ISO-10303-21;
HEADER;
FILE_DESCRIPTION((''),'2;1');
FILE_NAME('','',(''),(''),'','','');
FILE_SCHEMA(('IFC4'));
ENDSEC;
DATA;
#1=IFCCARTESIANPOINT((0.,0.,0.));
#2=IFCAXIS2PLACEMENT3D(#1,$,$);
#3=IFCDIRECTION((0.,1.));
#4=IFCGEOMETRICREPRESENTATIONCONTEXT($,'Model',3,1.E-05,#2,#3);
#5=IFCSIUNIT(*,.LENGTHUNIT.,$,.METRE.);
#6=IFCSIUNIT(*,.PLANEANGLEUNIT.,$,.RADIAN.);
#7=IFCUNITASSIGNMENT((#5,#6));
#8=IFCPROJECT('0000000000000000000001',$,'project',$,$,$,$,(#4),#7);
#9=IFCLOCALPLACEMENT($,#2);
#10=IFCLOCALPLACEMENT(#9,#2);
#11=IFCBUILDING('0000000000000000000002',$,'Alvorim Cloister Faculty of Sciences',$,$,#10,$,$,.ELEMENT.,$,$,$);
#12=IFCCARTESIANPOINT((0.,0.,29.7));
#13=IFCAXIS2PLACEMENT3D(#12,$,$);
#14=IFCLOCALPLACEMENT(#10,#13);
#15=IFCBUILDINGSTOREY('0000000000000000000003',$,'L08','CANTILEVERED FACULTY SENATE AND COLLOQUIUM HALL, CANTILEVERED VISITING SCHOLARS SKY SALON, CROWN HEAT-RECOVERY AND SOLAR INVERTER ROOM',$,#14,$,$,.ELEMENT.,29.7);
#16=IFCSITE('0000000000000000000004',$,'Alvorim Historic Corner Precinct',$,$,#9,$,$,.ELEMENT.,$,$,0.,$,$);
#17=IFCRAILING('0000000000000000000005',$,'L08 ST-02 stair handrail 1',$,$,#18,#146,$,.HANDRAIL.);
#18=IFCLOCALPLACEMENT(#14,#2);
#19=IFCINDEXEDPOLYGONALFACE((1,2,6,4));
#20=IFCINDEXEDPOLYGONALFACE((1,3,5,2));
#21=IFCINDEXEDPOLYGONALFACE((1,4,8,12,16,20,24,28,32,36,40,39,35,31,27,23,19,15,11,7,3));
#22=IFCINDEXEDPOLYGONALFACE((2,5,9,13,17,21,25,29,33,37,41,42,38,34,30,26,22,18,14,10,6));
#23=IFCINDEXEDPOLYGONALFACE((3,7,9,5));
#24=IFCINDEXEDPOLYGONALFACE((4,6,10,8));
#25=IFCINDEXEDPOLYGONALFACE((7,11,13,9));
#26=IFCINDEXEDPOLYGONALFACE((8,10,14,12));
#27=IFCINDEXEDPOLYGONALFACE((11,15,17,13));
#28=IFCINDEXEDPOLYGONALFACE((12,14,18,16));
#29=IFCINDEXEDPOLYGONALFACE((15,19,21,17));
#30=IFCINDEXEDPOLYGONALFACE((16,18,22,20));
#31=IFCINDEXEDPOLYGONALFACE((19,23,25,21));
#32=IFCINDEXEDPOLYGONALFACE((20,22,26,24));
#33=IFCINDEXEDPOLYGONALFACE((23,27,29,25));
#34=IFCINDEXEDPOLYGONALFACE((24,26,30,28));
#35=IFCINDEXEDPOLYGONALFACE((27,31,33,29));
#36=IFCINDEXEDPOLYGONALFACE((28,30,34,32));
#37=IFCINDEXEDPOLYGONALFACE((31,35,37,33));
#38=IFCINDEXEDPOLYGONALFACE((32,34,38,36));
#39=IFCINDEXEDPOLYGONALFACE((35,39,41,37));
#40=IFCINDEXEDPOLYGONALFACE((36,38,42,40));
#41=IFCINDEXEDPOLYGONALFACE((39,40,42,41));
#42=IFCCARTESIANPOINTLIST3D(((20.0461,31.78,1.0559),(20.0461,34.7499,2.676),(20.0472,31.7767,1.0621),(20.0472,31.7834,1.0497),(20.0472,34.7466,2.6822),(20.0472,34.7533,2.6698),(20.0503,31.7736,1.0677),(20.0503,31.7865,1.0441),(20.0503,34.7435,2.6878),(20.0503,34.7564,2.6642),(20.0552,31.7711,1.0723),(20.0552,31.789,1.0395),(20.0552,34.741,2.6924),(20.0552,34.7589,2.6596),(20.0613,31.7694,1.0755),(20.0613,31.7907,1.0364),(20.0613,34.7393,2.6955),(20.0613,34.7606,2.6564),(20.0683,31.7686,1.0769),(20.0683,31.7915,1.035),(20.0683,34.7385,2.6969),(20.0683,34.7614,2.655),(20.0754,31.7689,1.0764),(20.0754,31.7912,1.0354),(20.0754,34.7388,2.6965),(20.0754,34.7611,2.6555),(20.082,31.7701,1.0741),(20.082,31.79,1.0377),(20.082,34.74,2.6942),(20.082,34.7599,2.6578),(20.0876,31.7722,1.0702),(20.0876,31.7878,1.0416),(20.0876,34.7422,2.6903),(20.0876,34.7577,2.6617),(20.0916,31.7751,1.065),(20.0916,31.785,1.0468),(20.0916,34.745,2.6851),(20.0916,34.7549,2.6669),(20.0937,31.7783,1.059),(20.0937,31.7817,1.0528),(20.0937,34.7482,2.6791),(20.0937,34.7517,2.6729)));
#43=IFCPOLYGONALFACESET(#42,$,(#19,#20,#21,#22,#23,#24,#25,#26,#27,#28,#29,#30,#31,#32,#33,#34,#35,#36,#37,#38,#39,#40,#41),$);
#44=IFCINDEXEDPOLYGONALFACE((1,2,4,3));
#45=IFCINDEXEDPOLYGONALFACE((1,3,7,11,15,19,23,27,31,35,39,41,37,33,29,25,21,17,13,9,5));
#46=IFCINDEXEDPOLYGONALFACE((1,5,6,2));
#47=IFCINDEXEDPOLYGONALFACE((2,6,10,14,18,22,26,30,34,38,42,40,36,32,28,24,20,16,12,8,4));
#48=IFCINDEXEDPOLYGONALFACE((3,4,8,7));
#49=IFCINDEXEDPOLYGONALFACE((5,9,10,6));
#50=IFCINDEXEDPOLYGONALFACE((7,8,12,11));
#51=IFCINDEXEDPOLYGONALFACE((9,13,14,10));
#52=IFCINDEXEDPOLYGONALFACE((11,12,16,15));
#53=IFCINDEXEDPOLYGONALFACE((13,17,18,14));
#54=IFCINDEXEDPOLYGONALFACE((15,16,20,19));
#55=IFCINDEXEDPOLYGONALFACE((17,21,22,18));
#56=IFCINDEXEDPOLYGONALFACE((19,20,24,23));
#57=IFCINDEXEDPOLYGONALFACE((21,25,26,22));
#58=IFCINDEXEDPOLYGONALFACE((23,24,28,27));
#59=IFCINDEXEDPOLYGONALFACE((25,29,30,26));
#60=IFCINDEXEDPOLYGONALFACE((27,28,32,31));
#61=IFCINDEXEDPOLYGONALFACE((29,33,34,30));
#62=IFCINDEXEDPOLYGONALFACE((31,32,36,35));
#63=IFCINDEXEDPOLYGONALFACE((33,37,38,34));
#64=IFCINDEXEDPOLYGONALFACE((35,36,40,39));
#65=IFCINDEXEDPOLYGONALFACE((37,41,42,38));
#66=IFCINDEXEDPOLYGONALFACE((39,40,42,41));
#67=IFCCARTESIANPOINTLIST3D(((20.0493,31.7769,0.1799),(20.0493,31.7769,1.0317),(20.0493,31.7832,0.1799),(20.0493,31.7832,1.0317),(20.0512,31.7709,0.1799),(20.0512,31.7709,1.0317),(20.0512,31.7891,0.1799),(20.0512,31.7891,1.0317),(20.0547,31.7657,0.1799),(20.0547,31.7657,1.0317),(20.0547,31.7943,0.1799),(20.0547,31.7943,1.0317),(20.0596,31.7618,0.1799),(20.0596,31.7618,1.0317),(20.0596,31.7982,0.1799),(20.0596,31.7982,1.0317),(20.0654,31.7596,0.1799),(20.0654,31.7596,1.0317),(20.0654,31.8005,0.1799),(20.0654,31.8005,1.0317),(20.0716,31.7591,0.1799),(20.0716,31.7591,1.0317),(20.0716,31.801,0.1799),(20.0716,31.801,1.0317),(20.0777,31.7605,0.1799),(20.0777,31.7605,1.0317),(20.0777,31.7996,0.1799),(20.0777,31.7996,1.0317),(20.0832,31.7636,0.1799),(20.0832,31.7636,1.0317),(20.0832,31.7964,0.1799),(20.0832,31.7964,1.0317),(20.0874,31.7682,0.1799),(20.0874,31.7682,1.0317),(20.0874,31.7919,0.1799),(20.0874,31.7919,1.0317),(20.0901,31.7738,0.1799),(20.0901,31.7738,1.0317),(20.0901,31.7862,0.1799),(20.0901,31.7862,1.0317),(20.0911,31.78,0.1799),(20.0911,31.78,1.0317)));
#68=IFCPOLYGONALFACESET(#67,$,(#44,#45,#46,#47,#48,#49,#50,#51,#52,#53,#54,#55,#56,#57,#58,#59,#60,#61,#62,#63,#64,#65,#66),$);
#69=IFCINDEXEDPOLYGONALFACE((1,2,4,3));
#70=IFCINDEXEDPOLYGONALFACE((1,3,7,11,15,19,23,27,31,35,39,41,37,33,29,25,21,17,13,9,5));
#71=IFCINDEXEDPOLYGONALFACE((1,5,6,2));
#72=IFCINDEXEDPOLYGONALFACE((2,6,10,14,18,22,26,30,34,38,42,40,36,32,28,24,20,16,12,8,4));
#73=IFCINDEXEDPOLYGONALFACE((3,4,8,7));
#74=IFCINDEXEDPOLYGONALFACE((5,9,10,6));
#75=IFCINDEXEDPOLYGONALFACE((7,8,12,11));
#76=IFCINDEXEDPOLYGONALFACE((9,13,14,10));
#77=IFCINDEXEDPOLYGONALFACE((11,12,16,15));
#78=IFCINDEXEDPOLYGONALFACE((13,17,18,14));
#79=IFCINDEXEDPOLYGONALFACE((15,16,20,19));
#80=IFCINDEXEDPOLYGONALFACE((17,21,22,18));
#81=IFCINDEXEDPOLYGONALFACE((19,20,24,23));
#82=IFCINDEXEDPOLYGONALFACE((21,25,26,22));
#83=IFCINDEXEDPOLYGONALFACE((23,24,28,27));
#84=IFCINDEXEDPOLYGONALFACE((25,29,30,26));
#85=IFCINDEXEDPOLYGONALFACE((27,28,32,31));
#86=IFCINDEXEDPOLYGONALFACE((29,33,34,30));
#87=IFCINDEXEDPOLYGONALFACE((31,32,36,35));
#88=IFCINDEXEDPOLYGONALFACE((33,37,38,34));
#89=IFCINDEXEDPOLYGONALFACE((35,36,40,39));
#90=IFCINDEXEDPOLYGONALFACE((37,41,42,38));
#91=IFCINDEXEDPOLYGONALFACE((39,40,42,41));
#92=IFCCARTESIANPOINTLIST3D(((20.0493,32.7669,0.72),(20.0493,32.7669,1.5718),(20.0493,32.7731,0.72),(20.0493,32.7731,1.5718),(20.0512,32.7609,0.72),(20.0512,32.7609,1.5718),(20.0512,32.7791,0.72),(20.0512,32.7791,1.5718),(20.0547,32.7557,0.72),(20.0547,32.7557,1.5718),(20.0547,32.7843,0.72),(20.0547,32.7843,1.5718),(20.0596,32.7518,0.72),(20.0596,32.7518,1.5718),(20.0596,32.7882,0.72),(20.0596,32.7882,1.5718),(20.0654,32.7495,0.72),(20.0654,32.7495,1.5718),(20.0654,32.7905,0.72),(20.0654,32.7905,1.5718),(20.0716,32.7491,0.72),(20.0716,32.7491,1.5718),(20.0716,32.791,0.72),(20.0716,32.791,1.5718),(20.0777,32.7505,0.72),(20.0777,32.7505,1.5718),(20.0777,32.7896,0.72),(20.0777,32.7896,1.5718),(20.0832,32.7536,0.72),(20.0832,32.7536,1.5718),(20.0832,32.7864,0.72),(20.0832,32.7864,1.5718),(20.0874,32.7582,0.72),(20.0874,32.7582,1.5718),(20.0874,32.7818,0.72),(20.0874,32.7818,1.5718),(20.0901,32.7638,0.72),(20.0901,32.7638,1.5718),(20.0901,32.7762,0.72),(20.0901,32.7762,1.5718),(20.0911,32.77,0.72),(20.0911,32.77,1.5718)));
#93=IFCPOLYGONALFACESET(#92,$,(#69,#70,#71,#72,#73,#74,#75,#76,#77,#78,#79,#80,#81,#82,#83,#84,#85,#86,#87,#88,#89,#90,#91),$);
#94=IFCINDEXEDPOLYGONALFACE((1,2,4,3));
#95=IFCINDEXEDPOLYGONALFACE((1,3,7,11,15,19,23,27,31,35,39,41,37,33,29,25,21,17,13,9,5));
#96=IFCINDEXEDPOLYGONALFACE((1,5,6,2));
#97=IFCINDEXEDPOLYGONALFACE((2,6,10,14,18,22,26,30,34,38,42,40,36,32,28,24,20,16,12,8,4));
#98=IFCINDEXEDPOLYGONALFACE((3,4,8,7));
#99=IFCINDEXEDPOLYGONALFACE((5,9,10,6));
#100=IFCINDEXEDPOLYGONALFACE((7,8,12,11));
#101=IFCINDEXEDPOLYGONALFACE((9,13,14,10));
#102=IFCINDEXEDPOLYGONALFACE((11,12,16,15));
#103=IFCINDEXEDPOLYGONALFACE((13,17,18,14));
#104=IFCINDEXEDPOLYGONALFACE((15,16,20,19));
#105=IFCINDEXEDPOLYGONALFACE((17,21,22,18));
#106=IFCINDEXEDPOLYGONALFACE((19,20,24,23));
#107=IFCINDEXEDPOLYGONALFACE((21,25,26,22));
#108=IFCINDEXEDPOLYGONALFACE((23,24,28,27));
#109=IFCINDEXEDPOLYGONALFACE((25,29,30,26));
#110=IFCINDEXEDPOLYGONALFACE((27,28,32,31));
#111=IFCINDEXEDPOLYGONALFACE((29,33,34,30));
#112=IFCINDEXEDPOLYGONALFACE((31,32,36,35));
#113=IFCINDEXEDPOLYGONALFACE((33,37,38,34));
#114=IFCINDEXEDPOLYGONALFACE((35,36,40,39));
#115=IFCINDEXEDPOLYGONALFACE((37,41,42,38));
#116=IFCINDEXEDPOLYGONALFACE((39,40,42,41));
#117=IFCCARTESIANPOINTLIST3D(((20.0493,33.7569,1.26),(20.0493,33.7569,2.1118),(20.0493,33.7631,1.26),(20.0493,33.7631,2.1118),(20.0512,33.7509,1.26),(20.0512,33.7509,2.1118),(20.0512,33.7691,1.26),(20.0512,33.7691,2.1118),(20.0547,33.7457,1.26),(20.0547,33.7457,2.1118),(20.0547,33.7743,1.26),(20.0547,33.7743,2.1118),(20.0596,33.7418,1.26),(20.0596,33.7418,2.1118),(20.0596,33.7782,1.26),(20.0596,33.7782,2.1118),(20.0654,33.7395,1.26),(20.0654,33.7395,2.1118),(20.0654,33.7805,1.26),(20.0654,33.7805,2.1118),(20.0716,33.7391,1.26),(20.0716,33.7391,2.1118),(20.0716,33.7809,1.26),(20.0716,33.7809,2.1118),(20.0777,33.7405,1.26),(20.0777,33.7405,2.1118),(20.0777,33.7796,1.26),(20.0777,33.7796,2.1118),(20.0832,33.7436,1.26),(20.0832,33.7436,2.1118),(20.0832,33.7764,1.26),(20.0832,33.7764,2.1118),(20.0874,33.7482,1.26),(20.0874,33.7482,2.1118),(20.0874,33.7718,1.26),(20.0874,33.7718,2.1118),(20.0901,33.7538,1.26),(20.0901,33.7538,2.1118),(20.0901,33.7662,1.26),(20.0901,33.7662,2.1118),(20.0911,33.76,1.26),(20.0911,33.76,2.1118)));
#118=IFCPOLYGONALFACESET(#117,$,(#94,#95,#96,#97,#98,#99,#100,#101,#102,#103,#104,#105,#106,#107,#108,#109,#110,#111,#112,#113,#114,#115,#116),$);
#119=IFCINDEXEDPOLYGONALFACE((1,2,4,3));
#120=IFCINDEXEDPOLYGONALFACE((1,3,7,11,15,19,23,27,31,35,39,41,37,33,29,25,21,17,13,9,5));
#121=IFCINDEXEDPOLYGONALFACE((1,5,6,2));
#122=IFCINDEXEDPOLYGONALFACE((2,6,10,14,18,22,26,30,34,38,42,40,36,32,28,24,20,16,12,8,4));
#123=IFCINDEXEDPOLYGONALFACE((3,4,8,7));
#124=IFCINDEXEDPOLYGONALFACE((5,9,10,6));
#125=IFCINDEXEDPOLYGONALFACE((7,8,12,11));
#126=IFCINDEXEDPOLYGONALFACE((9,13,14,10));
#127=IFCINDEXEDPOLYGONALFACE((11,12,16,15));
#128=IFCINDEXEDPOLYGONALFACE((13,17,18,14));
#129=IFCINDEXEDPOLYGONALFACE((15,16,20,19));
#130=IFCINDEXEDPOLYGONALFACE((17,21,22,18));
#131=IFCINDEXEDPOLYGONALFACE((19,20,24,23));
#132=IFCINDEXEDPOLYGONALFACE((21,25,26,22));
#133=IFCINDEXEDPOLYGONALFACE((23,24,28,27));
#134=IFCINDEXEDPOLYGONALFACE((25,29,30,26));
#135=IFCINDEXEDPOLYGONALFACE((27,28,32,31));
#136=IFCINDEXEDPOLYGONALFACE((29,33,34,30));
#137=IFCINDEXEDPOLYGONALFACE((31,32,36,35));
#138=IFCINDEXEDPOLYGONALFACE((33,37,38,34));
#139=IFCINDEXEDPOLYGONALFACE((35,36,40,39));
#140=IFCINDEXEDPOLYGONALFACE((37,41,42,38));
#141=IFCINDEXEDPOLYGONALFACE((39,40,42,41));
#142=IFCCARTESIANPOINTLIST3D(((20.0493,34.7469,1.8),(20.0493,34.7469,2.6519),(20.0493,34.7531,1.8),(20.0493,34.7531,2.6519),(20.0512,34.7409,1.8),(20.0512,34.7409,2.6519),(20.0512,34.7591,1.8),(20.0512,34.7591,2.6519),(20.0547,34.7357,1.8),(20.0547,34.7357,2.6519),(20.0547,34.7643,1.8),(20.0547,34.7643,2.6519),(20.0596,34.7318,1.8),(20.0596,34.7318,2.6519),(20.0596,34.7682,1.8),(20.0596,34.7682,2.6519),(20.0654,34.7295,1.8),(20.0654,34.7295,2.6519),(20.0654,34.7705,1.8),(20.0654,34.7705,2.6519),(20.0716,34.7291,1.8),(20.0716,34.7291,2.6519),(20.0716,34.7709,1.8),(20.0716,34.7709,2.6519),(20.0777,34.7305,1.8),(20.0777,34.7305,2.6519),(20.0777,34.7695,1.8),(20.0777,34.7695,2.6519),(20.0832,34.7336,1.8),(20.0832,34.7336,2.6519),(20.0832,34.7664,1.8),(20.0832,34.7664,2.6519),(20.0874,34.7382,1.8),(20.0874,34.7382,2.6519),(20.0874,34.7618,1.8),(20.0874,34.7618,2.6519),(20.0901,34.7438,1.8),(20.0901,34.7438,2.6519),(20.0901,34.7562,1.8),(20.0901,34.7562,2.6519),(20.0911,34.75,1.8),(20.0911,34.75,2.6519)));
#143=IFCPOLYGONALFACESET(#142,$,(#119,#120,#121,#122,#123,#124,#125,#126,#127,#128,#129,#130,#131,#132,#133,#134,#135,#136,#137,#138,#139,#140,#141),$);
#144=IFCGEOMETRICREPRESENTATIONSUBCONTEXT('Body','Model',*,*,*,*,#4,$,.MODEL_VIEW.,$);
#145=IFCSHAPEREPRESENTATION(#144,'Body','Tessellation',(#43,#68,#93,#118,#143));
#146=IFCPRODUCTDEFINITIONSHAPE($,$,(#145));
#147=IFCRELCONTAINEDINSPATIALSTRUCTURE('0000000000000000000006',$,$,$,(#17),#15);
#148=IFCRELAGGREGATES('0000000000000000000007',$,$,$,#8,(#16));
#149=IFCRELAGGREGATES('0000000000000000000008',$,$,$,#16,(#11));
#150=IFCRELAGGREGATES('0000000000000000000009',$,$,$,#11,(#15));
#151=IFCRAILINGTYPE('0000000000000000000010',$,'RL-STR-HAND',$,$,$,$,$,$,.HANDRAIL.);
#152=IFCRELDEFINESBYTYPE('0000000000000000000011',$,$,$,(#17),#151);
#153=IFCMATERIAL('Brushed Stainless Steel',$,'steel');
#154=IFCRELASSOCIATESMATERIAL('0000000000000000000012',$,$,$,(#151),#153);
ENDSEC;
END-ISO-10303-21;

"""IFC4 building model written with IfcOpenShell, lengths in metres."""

from ifc_helpers import new_model, si_unit, direction, frame, origin, origin_2d, place, context, subcontext, project, spatial, circle, extrude, material, type_object, element, save


model = new_model("IFC4")

# Units and contexts
model_context = context("Model", 3, precision=1e-05, world=origin(), true_north=direction((0.0, 1.0)))
body_context = subcontext(model_context, "Body", "Model", "MODEL_VIEW")
ifc_project = project(units=[si_unit("LENGTHUNIT", "METRE"), si_unit("PLANEANGLEUNIT", "RADIAN")], contexts=[model_context])

# Site, building, storey
site_placement = place(None, origin())
site = spatial("IfcSite", under=ifc_project, at=site_placement, Name="Alvorim Historic Corner Precinct", CompositionType="ELEMENT", RefElevation=0.0)
building_placement = place(site_placement, origin())
building = spatial("IfcBuilding", under=site, at=building_placement, Name="Alvorim Cloister Faculty of Sciences", CompositionType="ELEMENT")
storey_placement = place(building_placement, frame((0.0, 0.0, 29.7)))
storey = spatial("IfcBuildingStorey", under=building, at=storey_placement, Name="L08", Description="CANTILEVERED FACULTY SENATE AND COLLOQUIUM HALL, CANTILEVERED VISITING SCHOLARS SKY SALON, CROWN HEAT-RECOVERY AND SOLAR INVERTER ROOM", CompositionType="ELEMENT", Elevation=29.7)

# Shared definitions
ifc_material_1 = material(Name="Brushed Stainless Steel", Category="steel")

# Railing
railing_type_1 = type_object("IfcRailingType", Name="RL-STR-HAND", PredefinedType="HANDRAIL", material=ifc_material_1)
railing_1_placement = place(storey_placement, frame((20.0701, 31.78, 0.1799)))
element("IfcRailing", 1, at=railing_1_placement, inside=storey, type_object=railing_type_1, Name="L08 ST-02 stair handrail 1", PredefinedType="HANDRAIL", context=body_context, shape_type="SweptSolid", body=[
    extrude(circle(Radius=0.0239, at=origin_2d()), frame((0.0, 0.0, 0.876), z_axis=(0.0, 0.877879, 0.478882), x_axis=(-1.0, 0.0, 0.0)), (0.0, 0.0, 1.0), 3.3831),
    extrude(circle(Radius=0.021, at=origin_2d()), origin(), (0.0, 0.0, 1.0), 0.8518),
    extrude(circle(Radius=0.021, at=origin_2d()), frame((0.0, 0.99, 0.54)), (0.0, 0.0, 1.0), 0.8518),
    extrude(circle(Radius=0.021, at=origin_2d()), frame((0.0, 1.98, 1.0801)), (0.0, 0.0, 1.0), 0.8518),
    extrude(circle(Radius=0.021, at=origin_2d()), frame((0.0, 2.97, 1.6201)), (0.0, 0.0, 1.0), 0.8518),
])

save(model, "model.ifc")
